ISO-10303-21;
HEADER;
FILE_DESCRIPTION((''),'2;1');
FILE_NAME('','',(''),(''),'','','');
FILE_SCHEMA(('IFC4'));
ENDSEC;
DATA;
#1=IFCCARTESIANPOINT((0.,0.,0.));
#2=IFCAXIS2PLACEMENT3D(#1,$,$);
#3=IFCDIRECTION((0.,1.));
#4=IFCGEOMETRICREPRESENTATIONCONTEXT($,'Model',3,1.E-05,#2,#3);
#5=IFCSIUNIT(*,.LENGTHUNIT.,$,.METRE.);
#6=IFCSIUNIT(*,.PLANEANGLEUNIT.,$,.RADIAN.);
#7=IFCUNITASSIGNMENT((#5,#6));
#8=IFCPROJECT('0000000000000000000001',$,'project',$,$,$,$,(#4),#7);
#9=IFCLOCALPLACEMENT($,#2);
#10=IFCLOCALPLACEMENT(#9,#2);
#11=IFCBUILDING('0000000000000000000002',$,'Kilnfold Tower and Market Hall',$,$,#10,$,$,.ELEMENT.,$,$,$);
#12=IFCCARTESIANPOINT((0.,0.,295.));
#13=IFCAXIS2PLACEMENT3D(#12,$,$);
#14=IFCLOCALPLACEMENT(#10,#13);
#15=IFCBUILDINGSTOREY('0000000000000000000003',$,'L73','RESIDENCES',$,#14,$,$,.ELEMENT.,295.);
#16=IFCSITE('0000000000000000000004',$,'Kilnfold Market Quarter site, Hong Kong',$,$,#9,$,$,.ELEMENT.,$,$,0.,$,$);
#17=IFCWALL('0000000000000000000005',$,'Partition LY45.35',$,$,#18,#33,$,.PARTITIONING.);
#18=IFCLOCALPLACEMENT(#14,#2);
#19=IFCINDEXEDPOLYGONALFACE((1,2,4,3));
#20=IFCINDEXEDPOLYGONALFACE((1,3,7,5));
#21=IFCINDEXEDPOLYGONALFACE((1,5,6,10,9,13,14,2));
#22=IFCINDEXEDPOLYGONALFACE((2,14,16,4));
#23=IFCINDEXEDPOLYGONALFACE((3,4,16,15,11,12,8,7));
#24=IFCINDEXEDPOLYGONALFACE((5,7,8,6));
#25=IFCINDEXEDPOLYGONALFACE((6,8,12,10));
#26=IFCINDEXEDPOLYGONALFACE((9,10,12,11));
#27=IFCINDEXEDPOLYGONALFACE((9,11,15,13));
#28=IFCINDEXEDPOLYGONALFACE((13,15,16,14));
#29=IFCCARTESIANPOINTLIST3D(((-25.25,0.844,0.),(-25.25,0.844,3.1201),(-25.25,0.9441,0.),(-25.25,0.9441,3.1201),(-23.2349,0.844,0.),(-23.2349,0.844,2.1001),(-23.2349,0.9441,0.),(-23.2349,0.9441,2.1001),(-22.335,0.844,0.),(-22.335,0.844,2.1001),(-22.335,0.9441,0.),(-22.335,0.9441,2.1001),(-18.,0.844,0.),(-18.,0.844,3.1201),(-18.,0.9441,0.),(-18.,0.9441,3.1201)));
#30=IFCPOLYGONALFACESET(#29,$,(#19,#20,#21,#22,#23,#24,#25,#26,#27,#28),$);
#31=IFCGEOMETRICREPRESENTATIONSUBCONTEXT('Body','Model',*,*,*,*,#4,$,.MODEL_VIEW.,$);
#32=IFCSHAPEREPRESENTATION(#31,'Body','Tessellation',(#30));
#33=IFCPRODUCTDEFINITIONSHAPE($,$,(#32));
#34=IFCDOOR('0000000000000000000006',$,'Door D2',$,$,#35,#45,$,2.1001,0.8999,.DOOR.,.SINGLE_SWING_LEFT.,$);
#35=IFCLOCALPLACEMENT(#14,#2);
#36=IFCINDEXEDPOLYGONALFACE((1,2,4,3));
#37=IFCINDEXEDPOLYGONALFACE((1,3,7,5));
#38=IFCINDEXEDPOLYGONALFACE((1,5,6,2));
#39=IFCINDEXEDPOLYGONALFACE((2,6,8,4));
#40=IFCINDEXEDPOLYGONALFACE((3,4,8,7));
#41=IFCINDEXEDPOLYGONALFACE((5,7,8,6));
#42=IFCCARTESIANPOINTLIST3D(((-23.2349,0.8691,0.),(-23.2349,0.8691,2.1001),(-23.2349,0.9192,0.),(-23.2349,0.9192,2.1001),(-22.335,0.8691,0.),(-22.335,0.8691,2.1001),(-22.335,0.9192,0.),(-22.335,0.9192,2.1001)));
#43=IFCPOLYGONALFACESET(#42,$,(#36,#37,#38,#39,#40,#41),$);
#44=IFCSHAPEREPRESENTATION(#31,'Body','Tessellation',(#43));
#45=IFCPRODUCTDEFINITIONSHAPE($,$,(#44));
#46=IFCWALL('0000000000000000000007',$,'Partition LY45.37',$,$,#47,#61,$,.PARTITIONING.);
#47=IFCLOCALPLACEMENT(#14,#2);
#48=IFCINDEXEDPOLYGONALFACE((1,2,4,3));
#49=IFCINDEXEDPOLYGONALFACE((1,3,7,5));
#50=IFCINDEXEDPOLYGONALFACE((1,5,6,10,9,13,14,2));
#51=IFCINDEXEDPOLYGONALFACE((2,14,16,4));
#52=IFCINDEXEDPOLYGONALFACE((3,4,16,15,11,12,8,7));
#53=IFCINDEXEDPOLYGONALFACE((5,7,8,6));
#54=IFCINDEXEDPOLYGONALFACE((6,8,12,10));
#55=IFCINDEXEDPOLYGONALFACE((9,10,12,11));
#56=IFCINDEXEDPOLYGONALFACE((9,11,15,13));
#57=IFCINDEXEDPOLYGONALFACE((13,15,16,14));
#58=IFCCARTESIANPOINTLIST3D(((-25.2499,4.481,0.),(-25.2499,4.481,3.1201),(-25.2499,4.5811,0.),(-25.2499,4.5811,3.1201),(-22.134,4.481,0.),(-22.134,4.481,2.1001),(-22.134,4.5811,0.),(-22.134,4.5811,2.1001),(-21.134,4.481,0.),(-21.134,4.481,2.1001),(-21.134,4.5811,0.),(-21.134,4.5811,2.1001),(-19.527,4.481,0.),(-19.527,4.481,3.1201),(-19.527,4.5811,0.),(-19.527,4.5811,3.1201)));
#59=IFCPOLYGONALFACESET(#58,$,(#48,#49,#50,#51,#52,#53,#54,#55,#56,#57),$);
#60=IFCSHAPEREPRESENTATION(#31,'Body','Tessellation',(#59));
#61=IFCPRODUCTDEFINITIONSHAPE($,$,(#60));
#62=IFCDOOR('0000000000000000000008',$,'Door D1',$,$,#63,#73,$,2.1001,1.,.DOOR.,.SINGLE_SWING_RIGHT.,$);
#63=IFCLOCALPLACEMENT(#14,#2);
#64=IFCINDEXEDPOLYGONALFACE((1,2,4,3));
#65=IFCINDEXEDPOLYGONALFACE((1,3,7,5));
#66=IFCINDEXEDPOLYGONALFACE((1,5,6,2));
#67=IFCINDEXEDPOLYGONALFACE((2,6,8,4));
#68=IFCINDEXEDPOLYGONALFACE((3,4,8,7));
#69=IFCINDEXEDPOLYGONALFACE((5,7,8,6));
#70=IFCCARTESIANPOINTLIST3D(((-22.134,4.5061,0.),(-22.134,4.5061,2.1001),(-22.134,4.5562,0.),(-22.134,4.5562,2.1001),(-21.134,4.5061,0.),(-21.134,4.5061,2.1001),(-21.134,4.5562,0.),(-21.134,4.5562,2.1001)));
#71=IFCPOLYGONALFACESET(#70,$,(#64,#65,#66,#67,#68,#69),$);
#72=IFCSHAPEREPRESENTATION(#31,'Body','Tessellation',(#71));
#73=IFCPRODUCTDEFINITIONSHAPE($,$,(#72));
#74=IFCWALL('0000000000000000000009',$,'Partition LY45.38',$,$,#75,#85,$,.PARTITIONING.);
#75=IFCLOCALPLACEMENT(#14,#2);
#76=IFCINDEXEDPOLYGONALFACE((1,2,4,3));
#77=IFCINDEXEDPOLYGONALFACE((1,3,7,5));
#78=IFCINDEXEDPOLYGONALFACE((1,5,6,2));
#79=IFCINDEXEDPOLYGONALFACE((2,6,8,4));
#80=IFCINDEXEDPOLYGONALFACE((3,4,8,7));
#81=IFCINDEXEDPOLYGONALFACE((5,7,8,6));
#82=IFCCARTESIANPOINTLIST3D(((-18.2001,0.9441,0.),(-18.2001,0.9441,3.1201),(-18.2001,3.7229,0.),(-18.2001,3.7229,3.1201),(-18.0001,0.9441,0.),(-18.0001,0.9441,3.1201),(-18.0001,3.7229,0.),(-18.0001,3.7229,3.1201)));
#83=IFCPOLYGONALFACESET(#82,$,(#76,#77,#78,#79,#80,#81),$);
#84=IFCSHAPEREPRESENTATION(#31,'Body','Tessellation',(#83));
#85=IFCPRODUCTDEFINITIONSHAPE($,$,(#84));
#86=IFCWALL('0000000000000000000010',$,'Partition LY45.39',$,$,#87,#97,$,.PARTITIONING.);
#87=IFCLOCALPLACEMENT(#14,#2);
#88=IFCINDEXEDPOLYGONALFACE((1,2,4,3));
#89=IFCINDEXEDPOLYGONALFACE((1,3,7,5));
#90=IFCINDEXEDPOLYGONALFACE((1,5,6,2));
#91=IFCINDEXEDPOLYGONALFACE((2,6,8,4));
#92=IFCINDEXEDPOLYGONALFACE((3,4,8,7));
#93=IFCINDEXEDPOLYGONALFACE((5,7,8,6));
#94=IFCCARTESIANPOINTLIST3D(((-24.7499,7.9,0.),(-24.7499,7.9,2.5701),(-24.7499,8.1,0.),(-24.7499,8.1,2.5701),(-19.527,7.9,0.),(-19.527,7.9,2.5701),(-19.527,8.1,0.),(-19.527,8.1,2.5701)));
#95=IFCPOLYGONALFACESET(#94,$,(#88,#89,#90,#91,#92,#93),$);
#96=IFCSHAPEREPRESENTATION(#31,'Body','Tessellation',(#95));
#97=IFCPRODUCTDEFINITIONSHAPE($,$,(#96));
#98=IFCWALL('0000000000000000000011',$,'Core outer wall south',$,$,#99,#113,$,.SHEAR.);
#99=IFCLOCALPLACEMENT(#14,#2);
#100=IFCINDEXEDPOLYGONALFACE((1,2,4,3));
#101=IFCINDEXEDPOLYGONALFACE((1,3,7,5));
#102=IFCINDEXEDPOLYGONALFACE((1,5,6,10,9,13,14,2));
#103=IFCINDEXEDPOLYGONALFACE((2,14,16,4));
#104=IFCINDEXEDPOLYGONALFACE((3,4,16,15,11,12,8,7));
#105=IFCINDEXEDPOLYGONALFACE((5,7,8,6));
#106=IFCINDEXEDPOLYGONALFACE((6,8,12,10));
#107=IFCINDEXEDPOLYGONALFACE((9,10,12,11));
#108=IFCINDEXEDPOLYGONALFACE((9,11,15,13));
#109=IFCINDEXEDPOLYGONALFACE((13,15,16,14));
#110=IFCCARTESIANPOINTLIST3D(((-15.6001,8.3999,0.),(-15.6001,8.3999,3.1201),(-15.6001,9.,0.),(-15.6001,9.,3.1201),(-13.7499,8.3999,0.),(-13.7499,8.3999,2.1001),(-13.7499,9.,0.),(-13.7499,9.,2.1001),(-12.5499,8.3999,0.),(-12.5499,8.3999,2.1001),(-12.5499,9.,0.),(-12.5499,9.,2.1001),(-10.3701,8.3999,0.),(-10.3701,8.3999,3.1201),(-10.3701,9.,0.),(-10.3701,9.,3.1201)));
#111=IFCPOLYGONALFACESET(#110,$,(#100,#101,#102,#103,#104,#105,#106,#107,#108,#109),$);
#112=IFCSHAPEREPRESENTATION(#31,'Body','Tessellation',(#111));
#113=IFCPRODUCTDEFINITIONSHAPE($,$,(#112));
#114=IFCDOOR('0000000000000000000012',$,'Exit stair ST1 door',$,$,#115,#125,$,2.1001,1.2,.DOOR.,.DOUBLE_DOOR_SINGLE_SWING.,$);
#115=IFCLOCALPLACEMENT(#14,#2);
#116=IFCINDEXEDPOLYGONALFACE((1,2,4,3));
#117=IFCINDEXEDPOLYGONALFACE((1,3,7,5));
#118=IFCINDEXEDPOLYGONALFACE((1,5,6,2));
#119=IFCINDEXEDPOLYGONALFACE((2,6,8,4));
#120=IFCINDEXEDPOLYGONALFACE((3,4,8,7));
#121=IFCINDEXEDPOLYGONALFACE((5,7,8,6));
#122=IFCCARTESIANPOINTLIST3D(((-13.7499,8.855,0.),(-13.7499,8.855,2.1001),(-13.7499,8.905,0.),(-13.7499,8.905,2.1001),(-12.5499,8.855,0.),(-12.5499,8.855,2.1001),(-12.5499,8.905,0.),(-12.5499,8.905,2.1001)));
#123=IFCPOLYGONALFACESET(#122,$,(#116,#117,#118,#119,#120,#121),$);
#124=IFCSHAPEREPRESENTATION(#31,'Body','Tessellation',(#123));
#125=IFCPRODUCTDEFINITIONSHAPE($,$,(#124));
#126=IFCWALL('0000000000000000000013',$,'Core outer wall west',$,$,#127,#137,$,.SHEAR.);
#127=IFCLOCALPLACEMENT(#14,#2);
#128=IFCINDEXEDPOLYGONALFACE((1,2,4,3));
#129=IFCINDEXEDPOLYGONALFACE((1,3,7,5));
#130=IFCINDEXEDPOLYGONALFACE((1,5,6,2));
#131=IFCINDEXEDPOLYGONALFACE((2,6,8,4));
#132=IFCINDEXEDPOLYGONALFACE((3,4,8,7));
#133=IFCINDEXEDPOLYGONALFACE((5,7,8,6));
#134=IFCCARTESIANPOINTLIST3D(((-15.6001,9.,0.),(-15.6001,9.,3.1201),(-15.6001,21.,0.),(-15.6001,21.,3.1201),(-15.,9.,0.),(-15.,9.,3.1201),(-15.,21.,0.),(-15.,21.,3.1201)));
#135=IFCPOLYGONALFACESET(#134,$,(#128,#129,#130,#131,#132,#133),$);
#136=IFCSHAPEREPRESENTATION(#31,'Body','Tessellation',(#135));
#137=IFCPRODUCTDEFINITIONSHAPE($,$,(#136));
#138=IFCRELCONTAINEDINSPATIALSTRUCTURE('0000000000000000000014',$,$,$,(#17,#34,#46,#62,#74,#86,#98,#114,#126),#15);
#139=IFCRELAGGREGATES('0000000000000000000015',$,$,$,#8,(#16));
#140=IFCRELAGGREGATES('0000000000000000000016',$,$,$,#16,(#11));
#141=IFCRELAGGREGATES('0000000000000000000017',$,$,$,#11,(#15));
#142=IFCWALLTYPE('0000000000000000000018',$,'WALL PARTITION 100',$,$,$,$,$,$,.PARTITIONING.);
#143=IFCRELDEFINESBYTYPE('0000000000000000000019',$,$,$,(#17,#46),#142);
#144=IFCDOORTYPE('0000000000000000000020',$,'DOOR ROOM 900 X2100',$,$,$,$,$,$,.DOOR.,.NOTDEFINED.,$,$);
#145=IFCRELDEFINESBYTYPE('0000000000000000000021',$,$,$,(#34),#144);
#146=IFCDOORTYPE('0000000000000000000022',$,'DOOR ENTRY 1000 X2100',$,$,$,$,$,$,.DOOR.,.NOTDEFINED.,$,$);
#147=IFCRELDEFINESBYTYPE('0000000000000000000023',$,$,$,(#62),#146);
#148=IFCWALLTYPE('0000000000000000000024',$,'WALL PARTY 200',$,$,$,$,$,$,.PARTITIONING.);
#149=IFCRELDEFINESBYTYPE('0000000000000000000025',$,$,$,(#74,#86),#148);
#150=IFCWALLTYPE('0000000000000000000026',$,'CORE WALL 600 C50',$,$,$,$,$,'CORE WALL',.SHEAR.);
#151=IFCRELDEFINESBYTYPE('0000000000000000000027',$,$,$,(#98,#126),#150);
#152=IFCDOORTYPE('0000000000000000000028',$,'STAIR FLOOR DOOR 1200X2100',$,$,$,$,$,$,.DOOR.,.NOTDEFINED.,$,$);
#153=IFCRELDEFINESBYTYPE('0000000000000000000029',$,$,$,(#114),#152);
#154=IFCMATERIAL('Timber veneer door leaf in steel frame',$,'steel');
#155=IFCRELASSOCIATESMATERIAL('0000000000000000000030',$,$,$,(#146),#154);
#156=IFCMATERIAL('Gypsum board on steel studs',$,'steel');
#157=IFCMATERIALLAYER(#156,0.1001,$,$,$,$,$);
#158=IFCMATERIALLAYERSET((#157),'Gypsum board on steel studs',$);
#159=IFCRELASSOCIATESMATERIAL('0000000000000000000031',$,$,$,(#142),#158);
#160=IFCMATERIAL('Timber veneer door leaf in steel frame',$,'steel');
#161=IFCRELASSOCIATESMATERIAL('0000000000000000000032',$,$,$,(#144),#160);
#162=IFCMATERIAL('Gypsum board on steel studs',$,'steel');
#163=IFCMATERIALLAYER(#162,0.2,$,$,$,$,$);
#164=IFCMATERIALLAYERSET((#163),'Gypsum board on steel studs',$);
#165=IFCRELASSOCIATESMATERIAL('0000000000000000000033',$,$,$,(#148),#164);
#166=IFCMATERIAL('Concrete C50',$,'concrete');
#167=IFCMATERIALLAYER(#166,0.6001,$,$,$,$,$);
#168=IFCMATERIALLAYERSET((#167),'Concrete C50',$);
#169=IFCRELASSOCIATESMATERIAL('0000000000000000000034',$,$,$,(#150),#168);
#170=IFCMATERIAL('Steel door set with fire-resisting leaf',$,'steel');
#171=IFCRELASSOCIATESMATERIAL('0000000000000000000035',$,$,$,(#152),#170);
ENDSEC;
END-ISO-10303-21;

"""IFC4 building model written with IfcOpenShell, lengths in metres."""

from ifc_helpers import new_model, si_unit, direction, frame, frame_2d, origin, place, context, subcontext, project, spatial, rectangle, extrude, source, transform, mapped, material, layer, layer_set, type_object, element, fill, save


model = new_model("IFC4")

# Units and contexts
model_context = context("Model", 3, precision=1e-05, world=origin(), true_north=direction((0.0, 1.0)))
body_context = subcontext(model_context, "Body", "Model", "MODEL_VIEW")
ifc_project = project(units=[si_unit("LENGTHUNIT", "METRE"), si_unit("PLANEANGLEUNIT", "RADIAN")], contexts=[model_context])

# Site, building, storey
site_placement = place(None, origin())
site = spatial("IfcSite", under=ifc_project, at=site_placement, Name="Kilnfold Market Quarter site, Hong Kong", CompositionType="ELEMENT", RefElevation=0.0)
building_placement = place(site_placement, origin())
building = spatial("IfcBuilding", under=site, at=building_placement, Name="Kilnfold Tower and Market Hall", CompositionType="ELEMENT")
storey_placement = place(building_placement, frame((0.0, 0.0, 295.0)))
storey = spatial("IfcBuildingStorey", under=building, at=storey_placement, Name="L73", Description="RESIDENCES", CompositionType="ELEMENT", Elevation=295.0)

# Shared definitions
ifc_material_1 = material(Name="Timber veneer door leaf in steel frame", Category="steel")
door_type_1 = type_object("IfcDoorType", Name="DOOR ENTRY 1000 X2100", OperationType="NOTDEFINED", PredefinedType="DOOR", material=ifc_material_1)

# Walls, openings, doors
ifc_material_2 = material(Name="Gypsum board on steel studs", Category="steel")
ifc_layer_1 = layer(ifc_material_2, 0.1001)
ifc_layer_set_1 = layer_set([ifc_layer_1], Name="Gypsum board on steel studs")
wall_type_1 = type_object("IfcWallType", Name="WALL PARTITION 100", PredefinedType="PARTITIONING", material=ifc_layer_set_1)
wall_1_placement = place(storey_placement, frame((-18.0, 0.894, 0.0), z_axis=(0.0, 0.0, 1.0), x_axis=(-1.0, 0.0, 0.0)))
wall_1 = element("IfcWall", 1, at=wall_1_placement, inside=storey, type_object=wall_type_1, Name="Partition LY45.35", PredefinedType="PARTITIONING", context=body_context, shape_type="SweptSolid", body=[
    extrude(rectangle(XDim=7.25, YDim=0.1001, at=frame_2d((3.625, 0.0))), origin(), (0.0, 0.0, 1.0), 3.1201),
])
opening_1_placement = place(wall_1_placement, frame((4.335, 0.0, 0.0)))
opening_1 = element("IfcOpeningElement", 2, at=opening_1_placement, cuts=wall_1, PredefinedType="OPENING", context=body_context, shape_type="SweptSolid", body=[
    extrude(rectangle(XDim=0.8999, YDim=2.1001, at=frame_2d((0.45, 1.05))), frame((0.0, 0.0601, 0.0), z_axis=(0.0, -1.0, 0.0), x_axis=(1.0, 0.0, 0.0)), (0.0, 0.0, 1.0), 0.1201),
])
ifc_material_3 = material(Name="Timber veneer door leaf in steel frame", Category="steel")
door_type_2 = type_object("IfcDoorType", Name="DOOR ROOM 900 X2100", OperationType="NOTDEFINED", PredefinedType="DOOR", material=ifc_material_3)
door_1_placement = place(opening_1_placement, origin())
door_1 = element("IfcDoor", 3, at=door_1_placement, inside=storey, type_object=door_type_2, Name="Door D2", OperationType="SINGLE_SWING_LEFT", OverallHeight=2.1001, OverallWidth=0.8999, PredefinedType="DOOR", context=body_context, shape_type="SweptSolid", body=[
    extrude(rectangle(XDim=0.8999, YDim=2.1001, at=frame_2d((0.45, 1.05))), frame((0.0, 0.0249, 0.0), z_axis=(0.0, -1.0, 0.0), x_axis=(1.0, 0.0, 0.0)), (0.0, 0.0, 1.0), 0.05),
])
fill(opening_1, door_1)
wall_2_placement = place(storey_placement, frame((-19.5271, 4.531, 0.0), z_axis=(0.0, 0.0, 1.0), x_axis=(-1.0, 0.0, 0.0)))
wall_2 = element("IfcWall", 4, at=wall_2_placement, inside=storey, type_object=wall_type_1, Name="Partition LY45.37", PredefinedType="PARTITIONING", context=body_context, shape_type="SweptSolid", body=[
    extrude(rectangle(XDim=5.7229, YDim=0.1001, at=frame_2d((2.8613, 0.0))), origin(), (0.0, 0.0, 1.0), 3.1201),
])
opening_2_placement = place(wall_2_placement, frame((1.6069, 0.0, 0.0)))
opening_2 = element("IfcOpeningElement", 5, at=opening_2_placement, cuts=wall_2, PredefinedType="OPENING", context=body_context, shape_type="SweptSolid", body=[
    extrude(rectangle(XDim=1.0, YDim=2.1001, at=frame_2d((0.5, 1.05))), frame((0.0, 0.0601, 0.0), z_axis=(0.0, -1.0, 0.0), x_axis=(1.0, 0.0, 0.0)), (0.0, 0.0, 1.0), 0.1201),
])
door_2_placement = place(opening_2_placement, origin())
door_2 = element("IfcDoor", 6, at=door_2_placement, inside=storey, type_object=door_type_1, Name="Door D1", OperationType="SINGLE_SWING_RIGHT", OverallHeight=2.1001, OverallWidth=1.0, PredefinedType="DOOR", context=body_context, shape_type="SweptSolid", body=[
    extrude(rectangle(XDim=1.0, YDim=2.1001, at=frame_2d((0.5, 1.05))), frame((0.0, 0.0249, 0.0), z_axis=(0.0, -1.0, 0.0), x_axis=(1.0, 0.0, 0.0)), (0.0, 0.0, 1.0), 0.05),
])
fill(opening_2, door_2)

# Walls
ifc_material_4 = material(Name="Gypsum board on steel studs", Category="steel")
ifc_layer_2 = layer(ifc_material_4, 0.2)
ifc_layer_set_2 = layer_set([ifc_layer_2], Name="Gypsum board on steel studs")
wall_type_2 = type_object("IfcWallType", Name="WALL PARTY 200", PredefinedType="PARTITIONING", material=ifc_layer_set_2)
wall_3_placement = place(storey_placement, frame((-18.1001, 0.9441, 0.0), z_axis=(0.0, 0.0, 1.0), x_axis=(0.0, 1.0, 0.0)))
element("IfcWall", 7, at=wall_3_placement, inside=storey, type_object=wall_type_2, Name="Partition LY45.38", PredefinedType="PARTITIONING", context=body_context, shape_type="SweptSolid", body=[
    extrude(rectangle(XDim=2.7788, YDim=0.2, at=frame_2d((1.3894, 0.0))), origin(), (0.0, 0.0, 1.0), 3.1201),
])
wall_4_placement = place(storey_placement, frame((-19.5271, 8.0, 0.0), z_axis=(0.0, 0.0, 1.0), x_axis=(-1.0, 0.0, 0.0)))
element("IfcWall", 8, at=wall_4_placement, inside=storey, type_object=wall_type_2, Name="Partition LY45.39", PredefinedType="PARTITIONING", context=body_context, shape_type="SweptSolid", body=[
    extrude(rectangle(XDim=5.2229, YDim=0.2, at=frame_2d((2.6113, 0.0))), origin(), (0.0, 0.0, 1.0), 2.5701),
])

# Wall, opening, door
ifc_material_5 = material(Name="Concrete C50", Category="concrete")
ifc_layer_3 = layer(ifc_material_5, 0.6001)
ifc_layer_set_3 = layer_set([ifc_layer_3], Name="Concrete C50")
wall_type_3 = type_object("IfcWallType", Name="CORE WALL 600 C50", ElementType="CORE WALL", PredefinedType="SHEAR", material=ifc_layer_set_3)
shared_shape_1 = source(origin(), body_context, "Body", "SweptSolid", [
    extrude(rectangle(XDim=5.23, YDim=0.6001, at=frame_2d((2.615, 0.0))), origin(), (0.0, 0.0, 1.0), 3.1201),
])
wall_5_placement = place(storey_placement, frame((-15.6001, 8.7, 0.0), z_axis=(0.0, 0.0, 1.0), x_axis=(1.0, 0.0, 0.0)))
wall_5 = element("IfcWall", 9, at=wall_5_placement, inside=storey, type_object=wall_type_3, Name="Core outer wall south", PredefinedType="SHEAR", context=body_context, shape_type="MappedRepresentation", body=[
    mapped(shared_shape_1, transform((0.0, 0.0, 0.0))),
])
opening_3_placement = place(wall_5_placement, frame((1.8501, 0.0, 0.0)))
opening_3 = element("IfcOpeningElement", 10, at=opening_3_placement, cuts=wall_5, PredefinedType="OPENING", context=body_context, shape_type="SweptSolid", body=[
    extrude(rectangle(XDim=1.2, YDim=2.1001, at=frame_2d((0.6001, 1.05))), frame((0.0, 0.3101, 0.0), z_axis=(0.0, -1.0, 0.0), x_axis=(1.0, 0.0, 0.0)), (0.0, 0.0, 1.0), 0.6201),
])
ifc_material_6 = material(Name="Steel door set with fire-resisting leaf", Category="steel")
door_type_3 = type_object("IfcDoorType", Name="STAIR FLOOR DOOR 1200X2100", OperationType="NOTDEFINED", PredefinedType="DOOR", material=ifc_material_6)
door_3_placement = place(opening_3_placement, origin())
door_3 = element("IfcDoor", 11, at=door_3_placement, inside=storey, type_object=door_type_3, Name="Exit stair ST1 door", OperationType="DOUBLE_DOOR_SINGLE_SWING", OverallHeight=2.1001, OverallWidth=1.2, PredefinedType="DOOR", context=body_context, shape_type="SweptSolid", body=[
    extrude(rectangle(XDim=1.2, YDim=2.1001, at=frame_2d((0.6001, 1.05))), frame((0.0, 0.2051, 0.0), z_axis=(0.0, -1.0, 0.0), x_axis=(1.0, 0.0, 0.0)), (0.0, 0.0, 1.0), 0.05),
])
fill(opening_3, door_3)

# Wall
shared_shape_2 = source(origin(), body_context, "Body", "SweptSolid", [
    extrude(rectangle(XDim=12.0, YDim=0.6001, at=frame_2d((6.0, 0.0))), origin(), (0.0, 0.0, 1.0), 3.1201),
])
wall_6_placement = place(storey_placement, frame((-15.3, 9.0, 0.0), z_axis=(0.0, 0.0, 1.0), x_axis=(0.0, 1.0, 0.0)))
element("IfcWall", 12, at=wall_6_placement, inside=storey, type_object=wall_type_3, Name="Core outer wall west", PredefinedType="SHEAR", context=body_context, shape_type="MappedRepresentation", body=[
    mapped(shared_shape_2, transform((0.0, 0.0, 0.0))),
])

save(model, "model.ifc")
